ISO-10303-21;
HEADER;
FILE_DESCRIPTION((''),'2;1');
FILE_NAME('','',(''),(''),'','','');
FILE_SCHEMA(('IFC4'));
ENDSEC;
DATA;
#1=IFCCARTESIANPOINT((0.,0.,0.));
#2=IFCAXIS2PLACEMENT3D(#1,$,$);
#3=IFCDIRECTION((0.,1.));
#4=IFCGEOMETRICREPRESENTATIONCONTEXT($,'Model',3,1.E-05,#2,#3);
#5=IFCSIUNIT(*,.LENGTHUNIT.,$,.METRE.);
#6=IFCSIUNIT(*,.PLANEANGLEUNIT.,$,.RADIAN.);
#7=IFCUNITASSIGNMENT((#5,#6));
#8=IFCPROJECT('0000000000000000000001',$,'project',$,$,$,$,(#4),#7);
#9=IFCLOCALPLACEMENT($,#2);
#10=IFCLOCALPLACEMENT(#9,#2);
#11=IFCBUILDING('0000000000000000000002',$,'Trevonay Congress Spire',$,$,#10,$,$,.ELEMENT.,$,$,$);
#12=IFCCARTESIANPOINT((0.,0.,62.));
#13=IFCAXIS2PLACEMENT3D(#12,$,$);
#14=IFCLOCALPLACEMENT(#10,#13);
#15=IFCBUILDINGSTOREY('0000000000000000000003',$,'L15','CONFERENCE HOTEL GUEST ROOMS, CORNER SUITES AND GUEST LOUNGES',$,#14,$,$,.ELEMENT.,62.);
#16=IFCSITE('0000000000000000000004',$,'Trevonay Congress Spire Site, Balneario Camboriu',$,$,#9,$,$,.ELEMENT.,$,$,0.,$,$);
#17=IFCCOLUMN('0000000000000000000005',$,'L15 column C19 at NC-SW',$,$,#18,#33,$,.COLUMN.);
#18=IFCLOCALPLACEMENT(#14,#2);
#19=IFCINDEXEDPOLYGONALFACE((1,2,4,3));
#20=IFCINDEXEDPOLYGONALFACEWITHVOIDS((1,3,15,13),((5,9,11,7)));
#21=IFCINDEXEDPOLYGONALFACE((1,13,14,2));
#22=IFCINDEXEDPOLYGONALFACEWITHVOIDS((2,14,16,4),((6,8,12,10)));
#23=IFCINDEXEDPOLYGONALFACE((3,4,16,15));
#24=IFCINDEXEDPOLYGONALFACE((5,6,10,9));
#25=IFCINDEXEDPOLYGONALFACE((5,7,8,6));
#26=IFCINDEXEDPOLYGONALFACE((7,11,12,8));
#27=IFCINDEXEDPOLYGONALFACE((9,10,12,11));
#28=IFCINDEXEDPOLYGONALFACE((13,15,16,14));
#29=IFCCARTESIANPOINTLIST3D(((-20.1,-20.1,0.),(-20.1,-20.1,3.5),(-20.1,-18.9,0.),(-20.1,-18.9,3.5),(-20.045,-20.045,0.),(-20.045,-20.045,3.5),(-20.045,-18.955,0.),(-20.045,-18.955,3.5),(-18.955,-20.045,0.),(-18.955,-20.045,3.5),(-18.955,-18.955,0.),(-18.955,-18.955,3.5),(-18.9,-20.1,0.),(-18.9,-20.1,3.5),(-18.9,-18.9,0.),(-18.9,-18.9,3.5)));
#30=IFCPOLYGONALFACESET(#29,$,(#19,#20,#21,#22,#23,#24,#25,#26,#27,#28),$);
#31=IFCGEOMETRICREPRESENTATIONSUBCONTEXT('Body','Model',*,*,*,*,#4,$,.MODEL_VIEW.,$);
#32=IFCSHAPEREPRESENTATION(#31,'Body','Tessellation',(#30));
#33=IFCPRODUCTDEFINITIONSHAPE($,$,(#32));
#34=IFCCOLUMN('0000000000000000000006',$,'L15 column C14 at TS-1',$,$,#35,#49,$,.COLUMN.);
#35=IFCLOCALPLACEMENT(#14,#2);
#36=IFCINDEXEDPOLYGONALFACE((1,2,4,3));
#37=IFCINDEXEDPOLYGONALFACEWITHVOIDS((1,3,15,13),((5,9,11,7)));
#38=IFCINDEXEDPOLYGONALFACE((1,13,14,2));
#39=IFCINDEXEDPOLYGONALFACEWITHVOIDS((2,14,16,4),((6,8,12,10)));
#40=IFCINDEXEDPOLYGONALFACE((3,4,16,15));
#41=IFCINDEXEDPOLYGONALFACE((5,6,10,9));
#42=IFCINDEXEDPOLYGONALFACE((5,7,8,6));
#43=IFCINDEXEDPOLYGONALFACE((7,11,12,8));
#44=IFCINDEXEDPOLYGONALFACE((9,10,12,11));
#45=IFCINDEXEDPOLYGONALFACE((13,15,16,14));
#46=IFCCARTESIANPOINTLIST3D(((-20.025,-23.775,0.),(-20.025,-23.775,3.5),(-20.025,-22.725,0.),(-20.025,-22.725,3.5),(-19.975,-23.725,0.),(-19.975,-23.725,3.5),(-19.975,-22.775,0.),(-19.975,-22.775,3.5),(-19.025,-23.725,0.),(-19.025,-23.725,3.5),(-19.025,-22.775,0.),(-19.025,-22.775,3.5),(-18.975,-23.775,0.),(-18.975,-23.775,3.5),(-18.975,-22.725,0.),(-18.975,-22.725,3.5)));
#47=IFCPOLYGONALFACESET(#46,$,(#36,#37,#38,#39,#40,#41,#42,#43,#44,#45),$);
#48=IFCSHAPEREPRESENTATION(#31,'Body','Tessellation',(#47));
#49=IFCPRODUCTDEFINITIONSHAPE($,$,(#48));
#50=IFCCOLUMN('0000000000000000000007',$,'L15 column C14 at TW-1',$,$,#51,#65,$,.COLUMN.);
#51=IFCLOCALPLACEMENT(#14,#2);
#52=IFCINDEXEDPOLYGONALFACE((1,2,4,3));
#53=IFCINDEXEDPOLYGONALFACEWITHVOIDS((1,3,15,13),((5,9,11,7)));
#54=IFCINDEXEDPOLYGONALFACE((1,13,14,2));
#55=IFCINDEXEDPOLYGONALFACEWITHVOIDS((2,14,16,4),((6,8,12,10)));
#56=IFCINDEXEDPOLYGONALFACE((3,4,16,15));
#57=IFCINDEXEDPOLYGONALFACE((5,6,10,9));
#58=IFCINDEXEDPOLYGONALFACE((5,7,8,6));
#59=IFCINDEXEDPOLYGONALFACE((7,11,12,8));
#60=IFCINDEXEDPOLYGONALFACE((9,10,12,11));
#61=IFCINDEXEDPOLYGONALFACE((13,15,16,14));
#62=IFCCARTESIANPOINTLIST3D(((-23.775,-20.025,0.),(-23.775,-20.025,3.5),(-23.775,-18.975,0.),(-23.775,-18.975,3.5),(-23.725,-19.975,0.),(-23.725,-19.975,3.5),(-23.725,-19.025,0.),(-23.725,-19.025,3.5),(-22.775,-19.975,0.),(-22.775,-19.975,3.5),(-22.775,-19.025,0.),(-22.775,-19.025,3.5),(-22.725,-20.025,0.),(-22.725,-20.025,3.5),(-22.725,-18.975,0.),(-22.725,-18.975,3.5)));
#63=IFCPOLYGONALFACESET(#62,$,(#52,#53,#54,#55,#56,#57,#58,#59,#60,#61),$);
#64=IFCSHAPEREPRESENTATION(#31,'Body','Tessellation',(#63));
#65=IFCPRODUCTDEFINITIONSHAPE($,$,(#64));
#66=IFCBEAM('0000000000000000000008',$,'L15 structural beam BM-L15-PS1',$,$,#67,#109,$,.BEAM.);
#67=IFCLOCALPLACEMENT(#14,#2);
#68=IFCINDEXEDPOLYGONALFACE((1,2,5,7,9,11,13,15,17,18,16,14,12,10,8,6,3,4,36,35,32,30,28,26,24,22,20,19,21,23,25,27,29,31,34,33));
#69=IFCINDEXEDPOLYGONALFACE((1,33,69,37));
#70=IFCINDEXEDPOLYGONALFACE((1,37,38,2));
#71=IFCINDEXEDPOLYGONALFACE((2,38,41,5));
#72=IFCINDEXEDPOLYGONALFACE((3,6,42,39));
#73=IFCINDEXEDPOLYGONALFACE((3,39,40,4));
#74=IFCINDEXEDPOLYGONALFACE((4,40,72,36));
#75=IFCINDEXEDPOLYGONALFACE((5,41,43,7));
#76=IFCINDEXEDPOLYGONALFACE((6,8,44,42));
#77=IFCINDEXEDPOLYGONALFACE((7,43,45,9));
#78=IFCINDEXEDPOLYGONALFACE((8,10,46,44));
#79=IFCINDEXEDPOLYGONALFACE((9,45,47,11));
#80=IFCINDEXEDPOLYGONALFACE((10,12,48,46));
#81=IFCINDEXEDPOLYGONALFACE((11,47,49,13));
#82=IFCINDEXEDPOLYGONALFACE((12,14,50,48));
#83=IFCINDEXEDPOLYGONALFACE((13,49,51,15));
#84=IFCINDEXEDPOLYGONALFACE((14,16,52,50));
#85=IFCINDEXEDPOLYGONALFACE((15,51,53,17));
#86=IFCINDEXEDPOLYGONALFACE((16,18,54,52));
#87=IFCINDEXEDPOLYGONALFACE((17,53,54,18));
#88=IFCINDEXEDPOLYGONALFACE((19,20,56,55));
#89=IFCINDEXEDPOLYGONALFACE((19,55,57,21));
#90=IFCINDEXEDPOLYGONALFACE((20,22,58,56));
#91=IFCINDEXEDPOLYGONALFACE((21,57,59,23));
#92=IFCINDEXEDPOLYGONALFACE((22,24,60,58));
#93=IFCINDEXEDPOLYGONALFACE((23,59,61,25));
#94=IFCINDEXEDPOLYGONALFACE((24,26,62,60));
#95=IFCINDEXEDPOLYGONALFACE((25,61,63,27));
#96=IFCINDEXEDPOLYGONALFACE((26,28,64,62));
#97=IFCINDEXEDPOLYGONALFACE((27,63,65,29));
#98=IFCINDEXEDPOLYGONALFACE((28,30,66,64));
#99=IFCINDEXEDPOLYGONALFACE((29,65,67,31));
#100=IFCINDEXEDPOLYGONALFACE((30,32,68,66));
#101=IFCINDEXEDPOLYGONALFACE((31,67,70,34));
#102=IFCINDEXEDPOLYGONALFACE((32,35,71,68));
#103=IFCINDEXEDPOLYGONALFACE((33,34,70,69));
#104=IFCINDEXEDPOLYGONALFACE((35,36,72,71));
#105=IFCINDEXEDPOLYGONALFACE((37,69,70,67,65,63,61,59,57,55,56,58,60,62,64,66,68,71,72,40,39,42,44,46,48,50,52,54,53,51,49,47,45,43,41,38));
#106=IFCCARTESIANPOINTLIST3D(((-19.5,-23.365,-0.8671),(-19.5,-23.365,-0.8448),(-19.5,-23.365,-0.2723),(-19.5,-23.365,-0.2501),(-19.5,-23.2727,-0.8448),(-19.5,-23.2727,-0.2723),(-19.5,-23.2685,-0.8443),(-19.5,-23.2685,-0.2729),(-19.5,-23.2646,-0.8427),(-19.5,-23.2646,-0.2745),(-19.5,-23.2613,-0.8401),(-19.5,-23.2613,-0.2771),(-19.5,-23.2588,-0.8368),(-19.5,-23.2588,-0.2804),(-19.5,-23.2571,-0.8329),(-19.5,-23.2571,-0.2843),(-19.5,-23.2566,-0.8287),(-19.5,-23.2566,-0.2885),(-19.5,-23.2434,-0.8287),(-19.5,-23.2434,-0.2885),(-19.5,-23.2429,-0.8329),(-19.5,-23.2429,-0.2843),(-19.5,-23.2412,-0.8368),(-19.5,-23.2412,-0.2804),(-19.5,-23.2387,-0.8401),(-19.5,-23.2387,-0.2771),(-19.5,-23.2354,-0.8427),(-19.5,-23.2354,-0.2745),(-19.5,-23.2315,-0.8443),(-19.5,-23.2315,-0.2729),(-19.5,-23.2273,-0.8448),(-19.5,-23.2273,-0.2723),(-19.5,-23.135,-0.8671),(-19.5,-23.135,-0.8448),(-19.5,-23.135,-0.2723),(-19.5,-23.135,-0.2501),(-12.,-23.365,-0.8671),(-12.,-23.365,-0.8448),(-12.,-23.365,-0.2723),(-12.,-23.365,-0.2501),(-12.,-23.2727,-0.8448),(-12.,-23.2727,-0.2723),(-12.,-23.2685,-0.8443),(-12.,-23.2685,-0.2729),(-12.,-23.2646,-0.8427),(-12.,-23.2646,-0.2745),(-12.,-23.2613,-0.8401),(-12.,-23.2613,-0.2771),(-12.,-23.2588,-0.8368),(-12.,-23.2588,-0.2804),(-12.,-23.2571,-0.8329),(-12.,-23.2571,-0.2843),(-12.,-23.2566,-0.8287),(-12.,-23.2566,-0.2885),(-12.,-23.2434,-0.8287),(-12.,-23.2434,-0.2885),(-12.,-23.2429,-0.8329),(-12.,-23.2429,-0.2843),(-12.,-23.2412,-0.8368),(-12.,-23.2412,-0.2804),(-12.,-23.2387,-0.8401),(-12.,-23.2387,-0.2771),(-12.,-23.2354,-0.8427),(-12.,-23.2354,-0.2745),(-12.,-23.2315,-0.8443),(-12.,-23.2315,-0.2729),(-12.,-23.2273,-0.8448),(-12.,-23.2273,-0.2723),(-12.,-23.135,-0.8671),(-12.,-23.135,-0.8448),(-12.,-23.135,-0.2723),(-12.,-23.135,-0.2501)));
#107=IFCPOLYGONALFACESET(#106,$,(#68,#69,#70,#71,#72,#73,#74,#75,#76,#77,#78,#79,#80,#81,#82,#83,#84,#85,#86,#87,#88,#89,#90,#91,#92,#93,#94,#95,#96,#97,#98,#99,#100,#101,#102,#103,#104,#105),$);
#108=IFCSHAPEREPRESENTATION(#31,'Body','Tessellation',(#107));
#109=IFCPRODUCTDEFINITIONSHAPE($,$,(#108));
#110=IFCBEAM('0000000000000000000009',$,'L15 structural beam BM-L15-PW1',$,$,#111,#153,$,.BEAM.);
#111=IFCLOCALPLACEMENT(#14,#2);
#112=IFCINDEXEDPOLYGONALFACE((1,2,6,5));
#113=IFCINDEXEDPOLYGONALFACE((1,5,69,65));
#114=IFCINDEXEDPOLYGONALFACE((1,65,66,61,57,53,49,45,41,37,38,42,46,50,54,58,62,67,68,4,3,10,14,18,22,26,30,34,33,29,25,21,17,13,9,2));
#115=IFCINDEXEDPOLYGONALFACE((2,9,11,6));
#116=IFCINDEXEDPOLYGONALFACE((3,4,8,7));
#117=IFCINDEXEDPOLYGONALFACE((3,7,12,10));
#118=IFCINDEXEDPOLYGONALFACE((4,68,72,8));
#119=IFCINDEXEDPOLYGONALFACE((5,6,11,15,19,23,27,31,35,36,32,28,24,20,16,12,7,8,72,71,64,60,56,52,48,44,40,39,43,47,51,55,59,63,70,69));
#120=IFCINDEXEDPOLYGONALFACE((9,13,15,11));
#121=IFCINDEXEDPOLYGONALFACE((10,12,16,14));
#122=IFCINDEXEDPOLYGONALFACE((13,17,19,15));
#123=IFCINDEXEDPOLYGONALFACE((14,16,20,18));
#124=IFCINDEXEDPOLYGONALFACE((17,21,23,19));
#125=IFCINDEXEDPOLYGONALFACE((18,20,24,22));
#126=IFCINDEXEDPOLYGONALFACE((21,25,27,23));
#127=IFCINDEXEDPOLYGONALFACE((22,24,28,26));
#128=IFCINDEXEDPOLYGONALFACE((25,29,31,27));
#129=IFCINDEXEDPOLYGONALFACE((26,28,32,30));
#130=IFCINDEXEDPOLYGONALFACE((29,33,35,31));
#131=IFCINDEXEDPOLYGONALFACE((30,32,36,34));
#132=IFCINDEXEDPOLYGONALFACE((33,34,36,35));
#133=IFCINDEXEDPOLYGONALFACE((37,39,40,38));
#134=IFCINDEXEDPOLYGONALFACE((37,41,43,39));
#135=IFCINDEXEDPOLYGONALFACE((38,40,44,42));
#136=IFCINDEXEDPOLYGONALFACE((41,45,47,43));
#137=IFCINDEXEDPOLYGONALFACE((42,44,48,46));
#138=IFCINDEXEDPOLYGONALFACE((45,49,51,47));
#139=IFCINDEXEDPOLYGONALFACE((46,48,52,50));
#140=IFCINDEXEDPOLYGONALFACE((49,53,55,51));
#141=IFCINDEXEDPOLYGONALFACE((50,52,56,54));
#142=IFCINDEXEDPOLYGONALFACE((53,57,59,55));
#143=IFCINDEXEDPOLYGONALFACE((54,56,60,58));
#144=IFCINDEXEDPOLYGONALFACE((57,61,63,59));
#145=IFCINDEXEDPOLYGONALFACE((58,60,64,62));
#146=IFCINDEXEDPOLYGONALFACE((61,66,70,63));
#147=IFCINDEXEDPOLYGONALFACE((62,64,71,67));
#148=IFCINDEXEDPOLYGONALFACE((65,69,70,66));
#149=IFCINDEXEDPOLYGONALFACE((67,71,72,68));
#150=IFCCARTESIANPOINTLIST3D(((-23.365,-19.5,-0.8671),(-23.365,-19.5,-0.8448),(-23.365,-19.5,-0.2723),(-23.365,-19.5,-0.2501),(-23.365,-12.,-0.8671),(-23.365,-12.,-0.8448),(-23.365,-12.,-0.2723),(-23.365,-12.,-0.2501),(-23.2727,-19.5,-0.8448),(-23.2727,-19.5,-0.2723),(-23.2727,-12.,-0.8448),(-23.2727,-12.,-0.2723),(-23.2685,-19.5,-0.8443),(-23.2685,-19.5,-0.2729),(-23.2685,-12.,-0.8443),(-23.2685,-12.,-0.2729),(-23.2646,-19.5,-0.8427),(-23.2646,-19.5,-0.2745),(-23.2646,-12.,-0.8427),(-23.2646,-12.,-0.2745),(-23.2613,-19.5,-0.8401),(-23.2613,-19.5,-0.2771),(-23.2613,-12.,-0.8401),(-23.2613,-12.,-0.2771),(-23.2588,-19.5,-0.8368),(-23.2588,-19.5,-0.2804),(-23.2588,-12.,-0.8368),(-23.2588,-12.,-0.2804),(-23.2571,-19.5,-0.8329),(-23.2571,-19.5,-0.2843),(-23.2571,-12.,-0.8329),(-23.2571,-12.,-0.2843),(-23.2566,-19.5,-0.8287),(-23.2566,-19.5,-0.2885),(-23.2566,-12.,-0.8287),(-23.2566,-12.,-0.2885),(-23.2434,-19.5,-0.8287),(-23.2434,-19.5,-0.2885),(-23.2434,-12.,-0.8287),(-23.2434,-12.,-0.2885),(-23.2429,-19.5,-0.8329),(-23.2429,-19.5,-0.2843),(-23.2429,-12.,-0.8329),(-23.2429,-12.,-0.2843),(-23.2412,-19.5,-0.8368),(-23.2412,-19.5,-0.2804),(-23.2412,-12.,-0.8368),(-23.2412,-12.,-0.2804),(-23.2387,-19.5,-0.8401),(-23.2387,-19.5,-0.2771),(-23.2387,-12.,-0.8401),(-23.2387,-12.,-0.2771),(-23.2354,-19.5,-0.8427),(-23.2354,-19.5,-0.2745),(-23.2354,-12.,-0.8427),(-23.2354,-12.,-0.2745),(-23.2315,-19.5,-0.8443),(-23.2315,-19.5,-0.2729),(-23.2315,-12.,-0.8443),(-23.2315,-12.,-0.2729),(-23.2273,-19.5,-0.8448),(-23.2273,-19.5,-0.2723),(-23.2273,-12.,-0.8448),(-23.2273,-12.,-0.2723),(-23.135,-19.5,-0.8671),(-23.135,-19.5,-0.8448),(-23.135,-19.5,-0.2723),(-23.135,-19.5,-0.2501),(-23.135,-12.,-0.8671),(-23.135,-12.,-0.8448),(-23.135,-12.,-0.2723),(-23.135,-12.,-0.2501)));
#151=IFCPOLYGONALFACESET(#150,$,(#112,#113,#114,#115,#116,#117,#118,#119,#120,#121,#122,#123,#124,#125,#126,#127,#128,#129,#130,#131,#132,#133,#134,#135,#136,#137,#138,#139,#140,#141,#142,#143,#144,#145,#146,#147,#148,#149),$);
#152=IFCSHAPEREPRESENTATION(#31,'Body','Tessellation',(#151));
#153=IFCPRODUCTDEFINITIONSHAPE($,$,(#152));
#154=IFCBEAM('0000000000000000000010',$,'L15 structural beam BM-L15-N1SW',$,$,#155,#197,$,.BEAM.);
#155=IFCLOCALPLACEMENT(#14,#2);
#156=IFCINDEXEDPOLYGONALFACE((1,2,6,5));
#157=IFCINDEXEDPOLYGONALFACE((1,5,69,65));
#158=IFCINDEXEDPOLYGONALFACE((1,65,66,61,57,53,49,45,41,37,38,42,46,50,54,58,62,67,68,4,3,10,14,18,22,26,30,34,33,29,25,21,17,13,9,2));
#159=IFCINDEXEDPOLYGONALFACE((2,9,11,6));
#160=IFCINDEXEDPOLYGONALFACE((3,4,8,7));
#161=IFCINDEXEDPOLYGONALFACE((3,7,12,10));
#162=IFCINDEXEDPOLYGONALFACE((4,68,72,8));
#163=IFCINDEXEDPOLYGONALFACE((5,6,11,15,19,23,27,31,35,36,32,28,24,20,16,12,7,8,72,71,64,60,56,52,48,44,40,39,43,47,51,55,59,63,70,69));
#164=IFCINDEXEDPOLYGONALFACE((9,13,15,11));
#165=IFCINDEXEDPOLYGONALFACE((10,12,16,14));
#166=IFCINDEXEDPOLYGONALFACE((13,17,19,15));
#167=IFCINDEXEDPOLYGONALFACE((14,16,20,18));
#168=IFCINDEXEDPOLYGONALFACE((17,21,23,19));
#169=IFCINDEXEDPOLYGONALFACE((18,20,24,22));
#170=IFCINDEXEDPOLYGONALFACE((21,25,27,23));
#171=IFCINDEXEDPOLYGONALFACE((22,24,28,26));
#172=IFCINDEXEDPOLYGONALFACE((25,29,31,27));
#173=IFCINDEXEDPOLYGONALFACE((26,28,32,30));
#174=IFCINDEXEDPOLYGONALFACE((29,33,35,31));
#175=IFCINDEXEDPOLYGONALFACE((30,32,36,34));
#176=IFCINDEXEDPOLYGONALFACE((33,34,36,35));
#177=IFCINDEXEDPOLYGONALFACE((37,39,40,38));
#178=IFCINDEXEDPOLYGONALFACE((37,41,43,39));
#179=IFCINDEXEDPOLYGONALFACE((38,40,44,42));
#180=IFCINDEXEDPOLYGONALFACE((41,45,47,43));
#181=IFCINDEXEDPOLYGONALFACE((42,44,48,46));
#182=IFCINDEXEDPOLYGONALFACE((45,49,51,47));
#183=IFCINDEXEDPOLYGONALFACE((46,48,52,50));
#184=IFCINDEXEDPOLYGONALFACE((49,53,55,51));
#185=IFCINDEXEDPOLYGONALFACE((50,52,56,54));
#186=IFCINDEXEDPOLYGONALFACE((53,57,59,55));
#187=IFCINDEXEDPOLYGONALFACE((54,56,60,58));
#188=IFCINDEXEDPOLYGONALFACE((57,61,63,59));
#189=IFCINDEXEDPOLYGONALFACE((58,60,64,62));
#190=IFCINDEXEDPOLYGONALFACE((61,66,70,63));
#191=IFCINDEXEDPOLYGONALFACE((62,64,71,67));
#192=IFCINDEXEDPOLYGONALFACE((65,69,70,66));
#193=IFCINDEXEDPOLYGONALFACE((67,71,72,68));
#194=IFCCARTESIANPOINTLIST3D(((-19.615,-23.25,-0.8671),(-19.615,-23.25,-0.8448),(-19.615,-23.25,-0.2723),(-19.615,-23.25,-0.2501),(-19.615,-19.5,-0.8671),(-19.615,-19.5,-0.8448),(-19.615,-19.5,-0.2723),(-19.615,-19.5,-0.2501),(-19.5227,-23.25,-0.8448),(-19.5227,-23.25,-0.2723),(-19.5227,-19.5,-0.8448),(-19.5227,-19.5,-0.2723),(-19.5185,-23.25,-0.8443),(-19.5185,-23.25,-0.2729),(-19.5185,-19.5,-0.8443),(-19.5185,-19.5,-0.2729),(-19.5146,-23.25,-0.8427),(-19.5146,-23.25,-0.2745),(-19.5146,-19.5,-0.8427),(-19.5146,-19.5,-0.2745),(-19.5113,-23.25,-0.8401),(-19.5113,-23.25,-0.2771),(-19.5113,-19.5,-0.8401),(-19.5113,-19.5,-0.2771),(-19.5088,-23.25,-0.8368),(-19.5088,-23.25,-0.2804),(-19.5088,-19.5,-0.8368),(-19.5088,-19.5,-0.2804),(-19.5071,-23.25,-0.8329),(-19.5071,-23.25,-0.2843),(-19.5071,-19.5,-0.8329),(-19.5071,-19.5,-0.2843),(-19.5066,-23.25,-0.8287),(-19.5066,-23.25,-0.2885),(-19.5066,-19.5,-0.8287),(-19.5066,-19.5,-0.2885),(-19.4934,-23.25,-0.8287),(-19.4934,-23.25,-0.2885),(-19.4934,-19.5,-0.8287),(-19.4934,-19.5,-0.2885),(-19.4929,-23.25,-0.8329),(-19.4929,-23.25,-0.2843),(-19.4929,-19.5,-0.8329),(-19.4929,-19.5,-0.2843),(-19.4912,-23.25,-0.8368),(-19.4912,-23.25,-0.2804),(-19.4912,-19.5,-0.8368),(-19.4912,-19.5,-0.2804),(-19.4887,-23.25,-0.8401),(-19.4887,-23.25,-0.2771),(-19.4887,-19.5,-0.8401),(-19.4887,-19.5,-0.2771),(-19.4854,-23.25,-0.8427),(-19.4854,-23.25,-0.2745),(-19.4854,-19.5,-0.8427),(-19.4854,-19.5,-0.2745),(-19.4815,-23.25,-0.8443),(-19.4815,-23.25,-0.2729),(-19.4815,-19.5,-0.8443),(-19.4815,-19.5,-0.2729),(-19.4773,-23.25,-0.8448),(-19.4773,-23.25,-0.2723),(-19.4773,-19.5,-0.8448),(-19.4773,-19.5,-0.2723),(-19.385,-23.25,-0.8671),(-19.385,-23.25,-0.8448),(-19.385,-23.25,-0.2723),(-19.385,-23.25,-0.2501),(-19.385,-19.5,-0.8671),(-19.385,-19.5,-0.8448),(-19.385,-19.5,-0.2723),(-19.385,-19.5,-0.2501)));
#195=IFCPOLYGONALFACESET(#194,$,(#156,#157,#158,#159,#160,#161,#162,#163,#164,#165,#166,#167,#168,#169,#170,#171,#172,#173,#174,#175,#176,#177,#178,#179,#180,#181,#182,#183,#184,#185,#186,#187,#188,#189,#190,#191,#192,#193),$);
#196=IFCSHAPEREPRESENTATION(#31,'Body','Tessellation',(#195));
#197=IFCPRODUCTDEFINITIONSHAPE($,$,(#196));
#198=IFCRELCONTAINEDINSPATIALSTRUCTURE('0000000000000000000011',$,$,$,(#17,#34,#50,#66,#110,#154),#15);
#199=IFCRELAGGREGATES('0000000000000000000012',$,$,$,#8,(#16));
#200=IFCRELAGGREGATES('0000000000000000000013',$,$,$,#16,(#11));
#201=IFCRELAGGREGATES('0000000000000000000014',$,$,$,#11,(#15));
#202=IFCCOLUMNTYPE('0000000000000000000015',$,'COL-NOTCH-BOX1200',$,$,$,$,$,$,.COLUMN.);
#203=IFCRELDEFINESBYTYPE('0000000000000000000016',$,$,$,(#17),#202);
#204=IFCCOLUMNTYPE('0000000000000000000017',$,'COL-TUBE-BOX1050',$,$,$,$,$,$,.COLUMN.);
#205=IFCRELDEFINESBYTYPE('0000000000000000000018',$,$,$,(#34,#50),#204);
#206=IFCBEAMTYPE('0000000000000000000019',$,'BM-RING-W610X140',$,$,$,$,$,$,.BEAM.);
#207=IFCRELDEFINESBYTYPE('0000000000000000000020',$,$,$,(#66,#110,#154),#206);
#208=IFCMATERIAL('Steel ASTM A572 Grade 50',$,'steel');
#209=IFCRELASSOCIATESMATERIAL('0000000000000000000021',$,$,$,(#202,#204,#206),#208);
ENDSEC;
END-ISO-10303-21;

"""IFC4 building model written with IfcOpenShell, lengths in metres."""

from ifc_helpers import new_model, si_unit, direction, frame, origin, origin_2d, place, context, subcontext, project, spatial, hollow_rectangle, i_section, extrude, material, material_profile, profile_set, type_object, element, save


model = new_model("IFC4")

# Units and contexts
model_context = context("Model", 3, precision=1e-05, world=origin(), true_north=direction((0.0, 1.0)))
body_context = subcontext(model_context, "Body", "Model", "MODEL_VIEW")
ifc_project = project(units=[si_unit("LENGTHUNIT", "METRE"), si_unit("PLANEANGLEUNIT", "RADIAN")], contexts=[model_context])

# Site, building, storey
site_placement = place(None, origin())
site = spatial("IfcSite", under=ifc_project, at=site_placement, Name="Trevonay Congress Spire Site, Balneario Camboriu", CompositionType="ELEMENT", RefElevation=0.0)
building_placement = place(site_placement, origin())
building = spatial("IfcBuilding", under=site, at=building_placement, Name="Trevonay Congress Spire", CompositionType="ELEMENT")
storey_placement = place(building_placement, frame((0.0, 0.0, 62.0)))
storey = spatial("IfcBuildingStorey", under=building, at=storey_placement, Name="L15", Description="CONFERENCE HOTEL GUEST ROOMS, CORNER SUITES AND GUEST LOUNGES", CompositionType="ELEMENT", Elevation=62.0)

# Columns
ifc_material_1 = material(Name="Steel ASTM A572 Grade 50", Category="steel")
ifc_material_profile_1 = material_profile(ifc_material_1, hollow_rectangle(XDim=1.2, YDim=1.2, WallThickness=0.0549, at=origin_2d()), Name="BOX 1200x1200x55")
ifc_profile_set_1 = profile_set([ifc_material_profile_1], Name="Steel ASTM A572 Grade 50")
column_type_1 = type_object("IfcColumnType", Name="COL-NOTCH-BOX1200", PredefinedType="COLUMN", material=ifc_profile_set_1)
column_placement = place(storey_placement, frame((-19.5, -19.5, 0.0), z_axis=(0.0, 0.0, 1.0), x_axis=(1.0, 0.0, 0.0)))
element("IfcColumn", 1, at=column_placement, inside=storey, type_object=column_type_1, Name="L15 column C19 at NC-SW", PredefinedType="COLUMN", context=body_context, shape_type="SweptSolid", body=[
    extrude(hollow_rectangle(XDim=1.2, YDim=1.2, WallThickness=0.0549, at=origin_2d()), origin(), (0.0, 0.0, 1.0), 3.5),
])
ifc_material_profile_2 = material_profile(ifc_material_1, hollow_rectangle(XDim=1.05, YDim=1.05, WallThickness=0.05, at=origin_2d()), Name="BOX 1050x1050x50")
ifc_profile_set_2 = profile_set([ifc_material_profile_2], Name="Steel ASTM A572 Grade 50")
column_type_2 = type_object("IfcColumnType", Name="COL-TUBE-BOX1050", PredefinedType="COLUMN", material=ifc_profile_set_2)
for number, where, z_axis, x_axis, name in (
    (2, (-19.5, -23.25, 0.0), (0.0, 0.0, 1.0), (1.0, 0.0, 0.0), "L15 column C14 at TS-1"),
    (3, (-23.25, -19.5, 0.0), (0.0, 0.0, 1.0), (1.0, 0.0, 0.0), "L15 column C14 at TW-1"),
):
    element("IfcColumn", number, at=place(storey_placement, frame(where, z_axis=z_axis, x_axis=x_axis)), inside=storey, type_object=column_type_2, Name=name, PredefinedType="COLUMN", context=body_context, shape_type="SweptSolid", body=[
        extrude(hollow_rectangle(XDim=1.05, YDim=1.05, WallThickness=0.05, at=origin_2d()), origin(), (0.0, 0.0, 1.0), 3.5),
    ])

# Beams
ifc_material_profile_3 = material_profile(ifc_material_1, i_section(OverallWidth=0.23, OverallDepth=0.6169, WebThickness=0.0132, FlangeThickness=0.0222, FilletRadius=0.0161, at=origin_2d()), Name="W610x140")
ifc_profile_set_3 = profile_set([ifc_material_profile_3], Name="Steel ASTM A572 Grade 50")
beam_type_1 = type_object("IfcBeamType", Name="BM-RING-W610X140", PredefinedType="BEAM", material=ifc_profile_set_3)
for number, where, z_axis, x_axis, name in (
    (4, (-19.5, -23.25, -0.5586), (1.0, 0.0, 0.0), (0.0, 1.0, 0.0), "L15 structural beam BM-L15-PS1"),
    (5, (-23.25, -19.5, -0.5586), (0.0, 1.0, 0.0), (-1.0, 0.0, 0.0), "L15 structural beam BM-L15-PW1"),
):
    element("IfcBeam", number, at=place(storey_placement, frame(where, z_axis=z_axis, x_axis=x_axis)), inside=storey, type_object=beam_type_1, Name=name, PredefinedType="BEAM", context=body_context, shape_type="SweptSolid", body=[
        extrude(i_section(OverallWidth=0.23, OverallDepth=0.6169, WebThickness=0.0132, FlangeThickness=0.0222, FilletRadius=0.0161, at=origin_2d()), origin(), (0.0, 0.0, 1.0), 7.5),
    ])
for number, where, z_axis, x_axis, name in (
    (6, (-19.5, -23.25, -0.5586), (0.0, 1.0, 0.0), (-1.0, 0.0, 0.0), "L15 structural beam BM-L15-N1SW"),
):
    element("IfcBeam", number, at=place(storey_placement, frame(where, z_axis=z_axis, x_axis=x_axis)), inside=storey, type_object=beam_type_1, Name=name, PredefinedType="BEAM", context=body_context, shape_type="SweptSolid", body=[
        extrude(i_section(OverallWidth=0.23, OverallDepth=0.6169, WebThickness=0.0132, FlangeThickness=0.0222, FilletRadius=0.0161, at=origin_2d()), origin(), (0.0, 0.0, 1.0), 3.75),
    ])

save(model, "model.ifc")
